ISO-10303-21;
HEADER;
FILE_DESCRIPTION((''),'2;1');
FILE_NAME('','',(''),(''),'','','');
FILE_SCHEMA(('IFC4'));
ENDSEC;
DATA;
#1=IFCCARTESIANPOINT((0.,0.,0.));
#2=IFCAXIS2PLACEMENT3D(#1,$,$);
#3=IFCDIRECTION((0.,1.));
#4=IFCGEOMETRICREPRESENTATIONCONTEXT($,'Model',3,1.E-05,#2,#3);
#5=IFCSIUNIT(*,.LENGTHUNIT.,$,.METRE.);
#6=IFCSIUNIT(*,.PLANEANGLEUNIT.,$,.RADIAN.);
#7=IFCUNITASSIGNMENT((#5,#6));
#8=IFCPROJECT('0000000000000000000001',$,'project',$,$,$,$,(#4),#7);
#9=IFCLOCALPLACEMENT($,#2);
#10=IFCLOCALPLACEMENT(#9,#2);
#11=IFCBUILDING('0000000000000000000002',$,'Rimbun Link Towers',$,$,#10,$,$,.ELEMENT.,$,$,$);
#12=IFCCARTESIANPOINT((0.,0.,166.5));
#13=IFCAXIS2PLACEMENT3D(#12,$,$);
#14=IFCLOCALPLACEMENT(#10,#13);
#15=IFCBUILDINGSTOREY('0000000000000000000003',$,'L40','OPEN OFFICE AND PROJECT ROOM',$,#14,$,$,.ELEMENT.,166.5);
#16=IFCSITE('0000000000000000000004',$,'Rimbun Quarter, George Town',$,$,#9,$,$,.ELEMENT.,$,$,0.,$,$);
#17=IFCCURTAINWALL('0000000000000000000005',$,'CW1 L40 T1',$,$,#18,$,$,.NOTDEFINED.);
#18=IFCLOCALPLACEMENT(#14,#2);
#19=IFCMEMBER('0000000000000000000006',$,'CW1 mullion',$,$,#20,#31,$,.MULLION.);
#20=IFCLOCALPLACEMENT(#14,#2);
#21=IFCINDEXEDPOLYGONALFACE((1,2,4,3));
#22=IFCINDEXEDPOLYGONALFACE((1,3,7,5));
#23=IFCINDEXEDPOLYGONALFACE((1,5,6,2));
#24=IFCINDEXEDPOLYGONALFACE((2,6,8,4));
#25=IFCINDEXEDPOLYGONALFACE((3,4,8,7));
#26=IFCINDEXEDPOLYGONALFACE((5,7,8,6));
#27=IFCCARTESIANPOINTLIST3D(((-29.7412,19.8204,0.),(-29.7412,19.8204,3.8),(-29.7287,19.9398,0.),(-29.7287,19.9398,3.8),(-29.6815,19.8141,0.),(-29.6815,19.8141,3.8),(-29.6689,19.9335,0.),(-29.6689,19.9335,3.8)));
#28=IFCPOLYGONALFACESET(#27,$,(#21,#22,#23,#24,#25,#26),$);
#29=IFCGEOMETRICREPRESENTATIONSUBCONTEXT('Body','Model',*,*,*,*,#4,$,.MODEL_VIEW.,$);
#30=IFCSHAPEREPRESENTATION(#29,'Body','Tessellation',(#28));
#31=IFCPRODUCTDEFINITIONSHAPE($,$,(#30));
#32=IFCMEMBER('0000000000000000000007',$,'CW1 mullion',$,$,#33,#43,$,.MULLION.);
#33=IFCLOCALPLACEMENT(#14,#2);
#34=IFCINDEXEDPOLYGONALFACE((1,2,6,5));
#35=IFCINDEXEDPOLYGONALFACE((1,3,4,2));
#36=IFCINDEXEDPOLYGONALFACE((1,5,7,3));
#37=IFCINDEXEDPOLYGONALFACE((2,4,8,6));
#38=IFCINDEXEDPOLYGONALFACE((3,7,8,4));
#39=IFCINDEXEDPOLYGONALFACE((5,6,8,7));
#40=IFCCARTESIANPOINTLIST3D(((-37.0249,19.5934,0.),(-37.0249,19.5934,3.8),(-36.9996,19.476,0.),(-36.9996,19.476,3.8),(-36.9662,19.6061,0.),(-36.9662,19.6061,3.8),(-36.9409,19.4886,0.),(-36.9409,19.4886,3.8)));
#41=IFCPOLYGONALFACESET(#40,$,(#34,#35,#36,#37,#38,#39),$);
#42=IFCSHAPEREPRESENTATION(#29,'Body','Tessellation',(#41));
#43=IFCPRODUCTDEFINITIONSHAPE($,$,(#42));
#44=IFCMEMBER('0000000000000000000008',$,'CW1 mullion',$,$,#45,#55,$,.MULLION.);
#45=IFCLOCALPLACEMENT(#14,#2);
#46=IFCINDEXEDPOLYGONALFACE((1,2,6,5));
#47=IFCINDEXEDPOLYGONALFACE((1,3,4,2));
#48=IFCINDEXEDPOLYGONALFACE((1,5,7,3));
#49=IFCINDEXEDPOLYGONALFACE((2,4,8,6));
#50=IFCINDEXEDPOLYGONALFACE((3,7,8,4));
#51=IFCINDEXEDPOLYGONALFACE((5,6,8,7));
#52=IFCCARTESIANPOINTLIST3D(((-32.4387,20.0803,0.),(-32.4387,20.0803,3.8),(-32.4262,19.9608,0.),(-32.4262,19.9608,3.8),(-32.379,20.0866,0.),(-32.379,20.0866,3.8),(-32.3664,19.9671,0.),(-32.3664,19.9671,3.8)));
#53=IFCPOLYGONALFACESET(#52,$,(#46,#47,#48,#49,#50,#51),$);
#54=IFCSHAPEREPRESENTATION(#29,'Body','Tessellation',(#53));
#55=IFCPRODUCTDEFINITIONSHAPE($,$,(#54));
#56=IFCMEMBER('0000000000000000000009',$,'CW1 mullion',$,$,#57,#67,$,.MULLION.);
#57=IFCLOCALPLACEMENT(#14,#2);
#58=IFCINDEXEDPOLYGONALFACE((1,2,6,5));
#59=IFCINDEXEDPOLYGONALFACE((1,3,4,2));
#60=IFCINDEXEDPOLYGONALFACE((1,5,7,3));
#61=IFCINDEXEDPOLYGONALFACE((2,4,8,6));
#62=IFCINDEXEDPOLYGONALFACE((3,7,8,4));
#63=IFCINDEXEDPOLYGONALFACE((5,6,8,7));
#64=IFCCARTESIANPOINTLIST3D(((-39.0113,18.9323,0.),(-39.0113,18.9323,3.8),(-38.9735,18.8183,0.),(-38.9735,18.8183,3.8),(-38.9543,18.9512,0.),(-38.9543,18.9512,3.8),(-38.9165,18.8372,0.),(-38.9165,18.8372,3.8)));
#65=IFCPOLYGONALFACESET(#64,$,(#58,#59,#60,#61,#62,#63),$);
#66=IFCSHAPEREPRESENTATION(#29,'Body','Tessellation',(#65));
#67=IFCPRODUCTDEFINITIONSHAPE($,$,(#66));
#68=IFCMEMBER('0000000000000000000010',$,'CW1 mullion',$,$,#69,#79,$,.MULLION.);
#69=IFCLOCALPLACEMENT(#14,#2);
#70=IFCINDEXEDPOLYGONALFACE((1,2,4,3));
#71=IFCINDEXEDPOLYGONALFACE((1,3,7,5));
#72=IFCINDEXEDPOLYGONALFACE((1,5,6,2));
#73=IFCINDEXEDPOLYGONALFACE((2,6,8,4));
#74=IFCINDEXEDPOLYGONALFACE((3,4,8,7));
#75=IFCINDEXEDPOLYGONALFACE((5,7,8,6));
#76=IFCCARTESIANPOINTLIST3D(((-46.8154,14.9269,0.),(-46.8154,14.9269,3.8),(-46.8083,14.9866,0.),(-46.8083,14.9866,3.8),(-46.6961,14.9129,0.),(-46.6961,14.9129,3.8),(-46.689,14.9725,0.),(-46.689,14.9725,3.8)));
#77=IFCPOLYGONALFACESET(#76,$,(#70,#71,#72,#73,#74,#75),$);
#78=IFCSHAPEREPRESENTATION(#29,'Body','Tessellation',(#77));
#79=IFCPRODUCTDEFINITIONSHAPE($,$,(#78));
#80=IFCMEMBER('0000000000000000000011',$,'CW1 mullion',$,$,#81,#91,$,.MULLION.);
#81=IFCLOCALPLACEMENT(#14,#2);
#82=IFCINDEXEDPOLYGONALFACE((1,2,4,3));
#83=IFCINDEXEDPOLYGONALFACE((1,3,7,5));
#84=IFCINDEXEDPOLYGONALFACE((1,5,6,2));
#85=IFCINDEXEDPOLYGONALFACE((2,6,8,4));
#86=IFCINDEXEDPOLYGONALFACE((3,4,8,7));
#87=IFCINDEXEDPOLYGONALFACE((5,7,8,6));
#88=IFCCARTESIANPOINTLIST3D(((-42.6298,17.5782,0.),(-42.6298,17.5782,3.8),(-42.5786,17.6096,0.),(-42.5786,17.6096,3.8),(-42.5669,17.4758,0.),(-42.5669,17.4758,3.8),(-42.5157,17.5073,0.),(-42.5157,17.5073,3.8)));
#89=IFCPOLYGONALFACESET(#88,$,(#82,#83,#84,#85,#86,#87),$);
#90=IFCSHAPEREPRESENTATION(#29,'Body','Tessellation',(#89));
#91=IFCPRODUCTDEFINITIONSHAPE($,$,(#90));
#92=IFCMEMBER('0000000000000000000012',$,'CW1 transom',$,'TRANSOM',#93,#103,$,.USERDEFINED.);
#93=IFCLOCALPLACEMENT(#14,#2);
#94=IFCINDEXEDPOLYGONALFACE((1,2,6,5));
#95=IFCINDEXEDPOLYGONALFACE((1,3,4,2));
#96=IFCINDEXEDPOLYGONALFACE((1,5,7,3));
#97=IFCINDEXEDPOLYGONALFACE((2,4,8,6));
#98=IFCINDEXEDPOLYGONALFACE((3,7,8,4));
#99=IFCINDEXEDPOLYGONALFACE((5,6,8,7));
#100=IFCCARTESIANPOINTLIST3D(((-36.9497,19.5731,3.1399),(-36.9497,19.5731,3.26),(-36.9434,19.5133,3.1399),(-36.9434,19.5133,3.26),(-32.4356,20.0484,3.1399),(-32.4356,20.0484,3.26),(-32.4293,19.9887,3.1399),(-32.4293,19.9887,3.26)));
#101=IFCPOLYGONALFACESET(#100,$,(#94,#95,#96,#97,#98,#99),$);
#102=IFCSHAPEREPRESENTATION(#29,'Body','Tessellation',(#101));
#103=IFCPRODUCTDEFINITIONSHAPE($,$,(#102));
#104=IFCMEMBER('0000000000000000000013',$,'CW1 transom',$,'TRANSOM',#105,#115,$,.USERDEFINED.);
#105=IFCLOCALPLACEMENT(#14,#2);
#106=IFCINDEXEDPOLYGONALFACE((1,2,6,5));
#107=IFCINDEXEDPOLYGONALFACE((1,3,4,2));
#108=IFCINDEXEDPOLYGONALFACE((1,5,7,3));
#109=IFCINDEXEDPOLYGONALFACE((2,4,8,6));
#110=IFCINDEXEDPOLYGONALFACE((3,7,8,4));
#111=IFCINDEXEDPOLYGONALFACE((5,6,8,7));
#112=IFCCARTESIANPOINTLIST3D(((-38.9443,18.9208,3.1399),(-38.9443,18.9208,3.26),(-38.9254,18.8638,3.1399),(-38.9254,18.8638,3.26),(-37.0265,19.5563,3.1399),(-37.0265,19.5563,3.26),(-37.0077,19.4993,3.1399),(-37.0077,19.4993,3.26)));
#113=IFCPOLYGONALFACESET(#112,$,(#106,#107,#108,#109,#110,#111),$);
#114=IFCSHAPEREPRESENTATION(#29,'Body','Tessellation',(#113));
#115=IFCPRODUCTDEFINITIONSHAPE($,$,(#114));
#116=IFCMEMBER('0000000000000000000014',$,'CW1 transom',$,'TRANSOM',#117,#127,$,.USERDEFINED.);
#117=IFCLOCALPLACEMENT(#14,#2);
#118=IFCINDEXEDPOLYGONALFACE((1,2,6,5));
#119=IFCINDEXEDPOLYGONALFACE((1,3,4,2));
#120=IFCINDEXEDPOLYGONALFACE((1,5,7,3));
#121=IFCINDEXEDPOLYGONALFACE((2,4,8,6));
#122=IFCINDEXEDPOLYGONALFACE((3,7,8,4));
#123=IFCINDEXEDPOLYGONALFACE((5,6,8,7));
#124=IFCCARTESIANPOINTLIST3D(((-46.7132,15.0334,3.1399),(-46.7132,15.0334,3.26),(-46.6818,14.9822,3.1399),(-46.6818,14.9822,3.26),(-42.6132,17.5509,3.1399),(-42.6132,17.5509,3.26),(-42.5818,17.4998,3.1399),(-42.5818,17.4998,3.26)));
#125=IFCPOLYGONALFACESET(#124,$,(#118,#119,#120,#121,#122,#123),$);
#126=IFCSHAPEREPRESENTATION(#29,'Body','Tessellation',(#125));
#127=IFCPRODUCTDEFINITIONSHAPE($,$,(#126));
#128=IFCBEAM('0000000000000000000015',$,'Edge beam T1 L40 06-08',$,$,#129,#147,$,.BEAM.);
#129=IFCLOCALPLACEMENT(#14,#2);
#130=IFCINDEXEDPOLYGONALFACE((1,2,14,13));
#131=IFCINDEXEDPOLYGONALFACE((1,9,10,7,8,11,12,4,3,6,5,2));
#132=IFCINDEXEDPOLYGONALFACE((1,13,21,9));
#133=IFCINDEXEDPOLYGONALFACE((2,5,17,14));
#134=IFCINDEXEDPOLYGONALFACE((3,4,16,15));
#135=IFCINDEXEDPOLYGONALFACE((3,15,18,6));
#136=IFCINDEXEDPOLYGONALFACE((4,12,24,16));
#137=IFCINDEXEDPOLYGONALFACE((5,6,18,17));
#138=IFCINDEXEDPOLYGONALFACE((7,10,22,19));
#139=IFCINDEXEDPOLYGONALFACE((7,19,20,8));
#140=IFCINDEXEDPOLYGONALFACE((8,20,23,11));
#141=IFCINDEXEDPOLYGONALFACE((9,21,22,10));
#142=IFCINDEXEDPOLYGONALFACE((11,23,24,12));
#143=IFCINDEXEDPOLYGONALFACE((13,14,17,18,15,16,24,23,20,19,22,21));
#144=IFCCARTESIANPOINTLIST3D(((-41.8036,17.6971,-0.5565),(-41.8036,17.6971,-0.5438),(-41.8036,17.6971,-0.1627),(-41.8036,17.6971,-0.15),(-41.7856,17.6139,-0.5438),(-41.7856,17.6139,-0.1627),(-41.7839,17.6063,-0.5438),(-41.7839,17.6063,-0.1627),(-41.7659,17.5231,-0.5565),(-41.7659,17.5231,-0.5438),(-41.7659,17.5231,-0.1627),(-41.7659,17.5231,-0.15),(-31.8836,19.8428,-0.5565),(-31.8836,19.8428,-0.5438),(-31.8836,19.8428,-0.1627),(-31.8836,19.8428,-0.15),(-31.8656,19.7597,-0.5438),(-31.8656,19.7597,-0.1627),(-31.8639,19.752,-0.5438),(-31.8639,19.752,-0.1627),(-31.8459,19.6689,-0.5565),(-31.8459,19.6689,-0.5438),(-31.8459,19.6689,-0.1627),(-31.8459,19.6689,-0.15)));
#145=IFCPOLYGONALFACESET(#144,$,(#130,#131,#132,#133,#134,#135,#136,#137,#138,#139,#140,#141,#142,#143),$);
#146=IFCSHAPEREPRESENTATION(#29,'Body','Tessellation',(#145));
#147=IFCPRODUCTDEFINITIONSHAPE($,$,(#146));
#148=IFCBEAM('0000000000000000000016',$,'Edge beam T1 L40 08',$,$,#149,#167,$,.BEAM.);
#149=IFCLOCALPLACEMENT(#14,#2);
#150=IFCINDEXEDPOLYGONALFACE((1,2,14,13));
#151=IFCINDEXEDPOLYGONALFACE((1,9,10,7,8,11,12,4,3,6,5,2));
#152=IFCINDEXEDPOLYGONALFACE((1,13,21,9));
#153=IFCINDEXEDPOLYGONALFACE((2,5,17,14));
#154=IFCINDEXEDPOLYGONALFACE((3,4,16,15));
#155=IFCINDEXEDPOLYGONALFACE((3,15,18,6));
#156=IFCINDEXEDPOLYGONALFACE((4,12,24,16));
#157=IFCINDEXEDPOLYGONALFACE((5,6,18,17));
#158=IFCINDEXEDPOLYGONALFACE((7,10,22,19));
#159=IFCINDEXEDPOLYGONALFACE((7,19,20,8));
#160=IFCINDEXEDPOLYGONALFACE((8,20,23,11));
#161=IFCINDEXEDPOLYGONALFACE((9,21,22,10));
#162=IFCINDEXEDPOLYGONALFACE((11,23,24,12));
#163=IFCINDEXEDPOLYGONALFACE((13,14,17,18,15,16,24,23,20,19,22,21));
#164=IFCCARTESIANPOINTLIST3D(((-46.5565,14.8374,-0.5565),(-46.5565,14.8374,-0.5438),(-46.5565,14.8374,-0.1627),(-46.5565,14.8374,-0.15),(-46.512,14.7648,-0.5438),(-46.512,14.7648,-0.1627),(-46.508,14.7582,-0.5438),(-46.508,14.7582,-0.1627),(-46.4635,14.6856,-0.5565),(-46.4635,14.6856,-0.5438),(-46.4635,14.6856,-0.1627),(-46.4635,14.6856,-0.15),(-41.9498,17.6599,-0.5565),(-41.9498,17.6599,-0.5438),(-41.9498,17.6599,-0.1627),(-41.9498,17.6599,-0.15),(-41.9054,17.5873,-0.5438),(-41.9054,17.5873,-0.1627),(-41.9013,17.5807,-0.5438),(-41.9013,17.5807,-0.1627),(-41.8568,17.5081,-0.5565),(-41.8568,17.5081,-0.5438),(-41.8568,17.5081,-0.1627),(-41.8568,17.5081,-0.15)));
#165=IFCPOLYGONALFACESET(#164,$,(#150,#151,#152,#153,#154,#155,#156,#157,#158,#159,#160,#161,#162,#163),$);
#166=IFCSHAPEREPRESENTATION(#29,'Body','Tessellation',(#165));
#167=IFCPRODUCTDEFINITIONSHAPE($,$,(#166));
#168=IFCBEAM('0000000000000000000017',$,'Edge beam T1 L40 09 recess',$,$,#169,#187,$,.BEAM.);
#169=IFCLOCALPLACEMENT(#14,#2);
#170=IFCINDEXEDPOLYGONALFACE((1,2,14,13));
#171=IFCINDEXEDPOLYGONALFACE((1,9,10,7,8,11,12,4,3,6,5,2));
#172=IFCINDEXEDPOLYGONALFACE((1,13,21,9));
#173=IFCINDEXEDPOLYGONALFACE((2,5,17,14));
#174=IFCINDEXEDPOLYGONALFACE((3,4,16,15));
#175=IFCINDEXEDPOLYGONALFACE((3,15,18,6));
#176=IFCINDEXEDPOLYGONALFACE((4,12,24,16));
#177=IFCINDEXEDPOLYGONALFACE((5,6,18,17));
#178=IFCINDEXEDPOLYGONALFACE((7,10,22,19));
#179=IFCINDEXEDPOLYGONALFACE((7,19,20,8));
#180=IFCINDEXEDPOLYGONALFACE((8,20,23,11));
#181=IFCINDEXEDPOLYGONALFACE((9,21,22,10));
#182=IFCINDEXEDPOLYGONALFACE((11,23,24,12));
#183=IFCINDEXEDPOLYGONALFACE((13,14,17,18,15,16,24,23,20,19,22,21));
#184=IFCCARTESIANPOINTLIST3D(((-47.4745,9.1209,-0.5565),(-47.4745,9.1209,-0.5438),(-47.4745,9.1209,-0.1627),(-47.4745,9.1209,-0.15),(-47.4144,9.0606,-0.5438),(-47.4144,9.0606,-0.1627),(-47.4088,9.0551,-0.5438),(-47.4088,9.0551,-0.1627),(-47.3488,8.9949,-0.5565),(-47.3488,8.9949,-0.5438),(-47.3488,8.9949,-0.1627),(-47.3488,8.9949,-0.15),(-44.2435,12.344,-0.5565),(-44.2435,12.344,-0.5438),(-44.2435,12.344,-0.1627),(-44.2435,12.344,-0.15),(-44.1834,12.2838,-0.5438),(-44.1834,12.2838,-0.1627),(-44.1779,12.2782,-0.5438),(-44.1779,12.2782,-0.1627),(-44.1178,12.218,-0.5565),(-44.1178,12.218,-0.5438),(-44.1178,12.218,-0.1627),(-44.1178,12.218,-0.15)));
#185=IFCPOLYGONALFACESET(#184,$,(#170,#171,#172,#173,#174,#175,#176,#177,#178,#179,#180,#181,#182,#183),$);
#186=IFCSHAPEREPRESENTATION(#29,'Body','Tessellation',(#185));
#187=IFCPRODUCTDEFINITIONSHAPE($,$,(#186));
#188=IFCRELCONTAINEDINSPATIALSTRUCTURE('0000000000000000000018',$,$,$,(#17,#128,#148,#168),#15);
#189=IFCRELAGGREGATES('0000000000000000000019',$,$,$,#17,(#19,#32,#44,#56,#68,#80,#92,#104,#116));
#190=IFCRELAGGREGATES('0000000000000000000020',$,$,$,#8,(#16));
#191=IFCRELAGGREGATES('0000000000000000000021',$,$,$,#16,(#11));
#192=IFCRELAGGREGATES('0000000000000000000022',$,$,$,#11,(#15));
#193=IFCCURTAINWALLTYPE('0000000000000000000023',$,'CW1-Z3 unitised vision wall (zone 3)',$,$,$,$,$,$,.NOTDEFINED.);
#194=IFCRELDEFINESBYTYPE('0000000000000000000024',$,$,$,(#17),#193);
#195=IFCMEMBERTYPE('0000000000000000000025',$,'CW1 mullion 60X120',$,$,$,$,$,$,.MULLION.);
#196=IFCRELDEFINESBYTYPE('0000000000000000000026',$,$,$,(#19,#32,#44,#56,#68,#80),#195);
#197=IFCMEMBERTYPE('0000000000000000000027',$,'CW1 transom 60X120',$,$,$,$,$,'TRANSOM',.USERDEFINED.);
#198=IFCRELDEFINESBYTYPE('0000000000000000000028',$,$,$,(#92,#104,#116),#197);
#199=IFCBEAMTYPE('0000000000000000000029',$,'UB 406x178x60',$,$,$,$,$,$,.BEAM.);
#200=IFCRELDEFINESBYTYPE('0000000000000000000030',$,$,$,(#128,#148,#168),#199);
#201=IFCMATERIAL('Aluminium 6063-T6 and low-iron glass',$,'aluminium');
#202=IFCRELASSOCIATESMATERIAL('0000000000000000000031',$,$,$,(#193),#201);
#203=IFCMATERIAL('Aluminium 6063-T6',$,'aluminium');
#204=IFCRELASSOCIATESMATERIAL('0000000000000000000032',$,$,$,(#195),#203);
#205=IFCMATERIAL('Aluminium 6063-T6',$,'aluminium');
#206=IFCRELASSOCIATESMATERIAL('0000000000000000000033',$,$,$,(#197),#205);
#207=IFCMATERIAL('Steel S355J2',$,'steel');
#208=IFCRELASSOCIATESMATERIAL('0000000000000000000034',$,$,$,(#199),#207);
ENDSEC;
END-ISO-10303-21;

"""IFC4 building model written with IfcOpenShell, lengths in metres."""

from ifc_helpers import new_model, si_unit, direction, frame, origin, origin_2d, place, context, subcontext, project, spatial, rectangle, i_section, extrude, material, material_profile, profile_set, type_object, element, aggregate, save


model = new_model("IFC4")

# Units and contexts
model_context = context("Model", 3, precision=1e-05, world=origin(), true_north=direction((0.0, 1.0)))
body_context = subcontext(model_context, "Body", "Model", "MODEL_VIEW")
ifc_project = project(units=[si_unit("LENGTHUNIT", "METRE"), si_unit("PLANEANGLEUNIT", "RADIAN")], contexts=[model_context])

# Site, building, storey
site_placement = place(None, origin())
site = spatial("IfcSite", under=ifc_project, at=site_placement, Name="Rimbun Quarter, George Town", CompositionType="ELEMENT", RefElevation=0.0)
building_placement = place(site_placement, origin())
building = spatial("IfcBuilding", under=site, at=building_placement, Name="Rimbun Link Towers", CompositionType="ELEMENT")
storey_placement = place(building_placement, frame((0.0, 0.0, 166.5)))
storey = spatial("IfcBuildingStorey", under=building, at=storey_placement, Name="L40", Description="OPEN OFFICE AND PROJECT ROOM", CompositionType="ELEMENT", Elevation=166.5)

# Curtain wall, members
ifc_material_1 = material(Name="Aluminium 6063-T6 and low-iron glass", Category="aluminium")
curtain_wall_type = type_object("IfcCurtainWallType", Name="CW1-Z3 unitised vision wall (zone 3)", PredefinedType="NOTDEFINED", material=ifc_material_1)
curtain_wall_placement = place(storey_placement, origin())
curtain_wall = element("IfcCurtainWall", 1, at=curtain_wall_placement, inside=storey, type_object=curtain_wall_type, Name="CW1 L40 T1", PredefinedType="NOTDEFINED")
ifc_material_2 = material(Name="Aluminium 6063-T6", Category="aluminium")
ifc_material_profile_1 = material_profile(ifc_material_2, rectangle(XDim=0.1201, YDim=0.0601, at=origin_2d()), Name="MULLION 60X120")
ifc_profile_set_1 = profile_set([ifc_material_profile_1], Name="Aluminium 6063-T6")
member_type_1 = type_object("IfcMemberType", Name="CW1 mullion 60X120", PredefinedType="MULLION", material=ifc_profile_set_1)
member_1_placement = place(storey_placement, frame((-29.7051, 19.877, 0.0), z_axis=(0.0, 0.0, 1.0), x_axis=(0.10474, 0.9945, 0.0)))
member_1 = element("IfcMember", 2, at=member_1_placement, type_object=member_type_1, Name="CW1 mullion", PredefinedType="MULLION", context=body_context, shape_type="SweptSolid", body=[
    extrude(rectangle(XDim=0.1201, YDim=0.0601, at=origin_2d()), origin(), (0.0, 0.0, 1.0), 3.8),
])
member_2_placement = place(storey_placement, frame((-36.9829, 19.541, 0.0), z_axis=(0.0, 0.0, 1.0), x_axis=(-0.210866, 0.977515, 0.0)))
member_2 = element("IfcMember", 3, at=member_2_placement, type_object=member_type_1, Name="CW1 mullion", PredefinedType="MULLION", context=body_context, shape_type="SweptSolid", body=[
    extrude(rectangle(XDim=0.1201, YDim=0.0601, at=origin_2d()), origin(), (0.0, 0.0, 1.0), 3.8),
])
member_3_placement = place(storey_placement, frame((-32.4026, 20.0237, 0.0), z_axis=(0.0, 0.0, 1.0), x_axis=(-0.10474, 0.9945, 0.0)))
member_3 = element("IfcMember", 4, at=member_3_placement, type_object=member_type_1, Name="CW1 mullion", PredefinedType="MULLION", context=body_context, shape_type="SweptSolid", body=[
    extrude(rectangle(XDim=0.1201, YDim=0.0601, at=origin_2d()), origin(), (0.0, 0.0, 1.0), 3.8),
])
member_4_placement = place(storey_placement, frame((-38.9639, 18.8848, 0.0), z_axis=(0.0, 0.0, 1.0), x_axis=(-0.314556, 0.949239, 0.0)))
member_4 = element("IfcMember", 5, at=member_4_placement, type_object=member_type_1, Name="CW1 mullion", PredefinedType="MULLION", context=body_context, shape_type="SweptSolid", body=[
    extrude(rectangle(XDim=0.1201, YDim=0.0601, at=origin_2d()), origin(), (0.0, 0.0, 1.0), 3.8),
])
member_5_placement = place(storey_placement, frame((-46.7522, 14.9497, 0.0), z_axis=(0.0, 0.0, 1.0), x_axis=(-0.99312, 0.1171, 0.0)))
member_5 = element("IfcMember", 6, at=member_5_placement, type_object=member_type_1, Name="CW1 mullion", PredefinedType="MULLION", context=body_context, shape_type="SweptSolid", body=[
    extrude(rectangle(XDim=0.1201, YDim=0.0601, at=origin_2d()), origin(), (0.0, 0.0, 1.0), 3.8),
])
member_6_placement = place(storey_placement, frame((-42.5728, 17.5427, 0.0), z_axis=(0.0, 0.0, 1.0), x_axis=(-0.52325, 0.852179, 0.0)))
member_6 = element("IfcMember", 7, at=member_6_placement, type_object=member_type_1, Name="CW1 mullion", PredefinedType="MULLION", context=body_context, shape_type="SweptSolid", body=[
    extrude(rectangle(XDim=0.1201, YDim=0.0601, at=origin_2d()), origin(), (0.0, 0.0, 1.0), 3.8),
])
ifc_material_3 = material(Name="Aluminium 6063-T6", Category="aluminium")
ifc_material_profile_2 = material_profile(ifc_material_3, rectangle(XDim=0.0601, YDim=0.1201, at=origin_2d()), Name="TRANSOM 60X120")
ifc_profile_set_2 = profile_set([ifc_material_profile_2], Name="Aluminium 6063-T6")
member_type_2 = type_object("IfcMemberType", Name="CW1 transom 60X120", ElementType="TRANSOM", PredefinedType="USERDEFINED", material=ifc_profile_set_2)
member_7_placement = place(storey_placement, frame((-36.9465, 19.5432, 3.2), z_axis=(0.994502, 0.104721, 0.0), x_axis=(-0.104721, 0.994502, 0.0)))
member_7 = element("IfcMember", 8, at=member_7_placement, type_object=member_type_2, Name="CW1 transom", ObjectType="TRANSOM", PredefinedType="USERDEFINED", context=body_context, shape_type="SweptSolid", body=[
    extrude(rectangle(XDim=0.0601, YDim=0.1201, at=origin_2d()), origin(), (0.0, 0.0, 1.0), 4.5391),
])
member_8_placement = place(storey_placement, frame((-38.9348, 18.8923, 3.2), z_axis=(0.949238, 0.31456, 0.0), x_axis=(-0.31456, 0.949238, 0.0)))
member_8 = element("IfcMember", 9, at=member_8_placement, type_object=member_type_2, Name="CW1 transom", ObjectType="TRANSOM", PredefinedType="USERDEFINED", context=body_context, shape_type="SweptSolid", body=[
    extrude(rectangle(XDim=0.0601, YDim=0.1201, at=origin_2d()), origin(), (0.0, 0.0, 1.0), 2.0203),
])
member_9_placement = place(storey_placement, frame((-46.6975, 15.0078, 3.2), z_axis=(0.852174, 0.523259, 0.0), x_axis=(-0.523259, 0.852174, 0.0)))
member_9 = element("IfcMember", 10, at=member_9_placement, type_object=member_type_2, Name="CW1 transom", ObjectType="TRANSOM", PredefinedType="USERDEFINED", context=body_context, shape_type="SweptSolid", body=[
    extrude(rectangle(XDim=0.0601, YDim=0.1201, at=origin_2d()), origin(), (0.0, 0.0, 1.0), 4.8113),
])

# Beams
ifc_material_4 = material(Name="Steel S355J2", Category="steel")
ifc_material_profile_3 = material_profile(ifc_material_4, i_section(OverallWidth=0.178, OverallDepth=0.4065, WebThickness=0.0078, FlangeThickness=0.0127, at=origin_2d()), Name="UB 406x178x60")
ifc_profile_set_3 = profile_set([ifc_material_profile_3], Name="Steel S355J2")
beam_type_1 = type_object("IfcBeamType", Name="UB 406x178x60", PredefinedType="BEAM", material=ifc_profile_set_3)
beam_1_placement = place(storey_placement, frame((-31.8647, 19.7559, -0.3533), z_axis=(-0.977396, -0.211418, 0.0), x_axis=(0.211418, -0.977396, 0.0)))
element("IfcBeam", 11, at=beam_1_placement, inside=storey, type_object=beam_type_1, Name="Edge beam T1 L40 06-08", PredefinedType="BEAM", context=body_context, shape_type="SweptSolid", body=[
    extrude(i_section(OverallWidth=0.178, OverallDepth=0.4065, WebThickness=0.0078, FlangeThickness=0.0127, at=origin_2d()), origin(), (0.0, 0.0, 1.0), 10.1494),
])
beam_2_placement = place(storey_placement, frame((-41.9033, 17.584, -0.3533), z_axis=(-0.852679, -0.522435, 0.0), x_axis=(0.522435, -0.852679, 0.0)))
element("IfcBeam", 12, at=beam_2_placement, inside=storey, type_object=beam_type_1, Name="Edge beam T1 L40 08", PredefinedType="BEAM", context=body_context, shape_type="SweptSolid", body=[
    extrude(i_section(OverallWidth=0.178, OverallDepth=0.4065, WebThickness=0.0078, FlangeThickness=0.0127, at=origin_2d()), origin(), (0.0, 0.0, 1.0), 5.4026),
])
beam_3_placement = place(storey_placement, frame((-44.1807, 12.281, -0.3533), z_axis=(-0.707962, -0.70625, 0.0), x_axis=(0.70625, -0.707962, 0.0)))
element("IfcBeam", 13, at=beam_3_placement, inside=storey, type_object=beam_type_1, Name="Edge beam T1 L40 09 recess", PredefinedType="BEAM", context=body_context, shape_type="SweptSolid", body=[
    extrude(i_section(OverallWidth=0.178, OverallDepth=0.4065, WebThickness=0.0078, FlangeThickness=0.0127, at=origin_2d()), origin(), (0.0, 0.0, 1.0), 4.5637),
])

aggregate(curtain_wall, [member_1, member_2, member_3, member_4, member_5, member_6, member_7, member_8, member_9])

save(model, "model.ifc")
